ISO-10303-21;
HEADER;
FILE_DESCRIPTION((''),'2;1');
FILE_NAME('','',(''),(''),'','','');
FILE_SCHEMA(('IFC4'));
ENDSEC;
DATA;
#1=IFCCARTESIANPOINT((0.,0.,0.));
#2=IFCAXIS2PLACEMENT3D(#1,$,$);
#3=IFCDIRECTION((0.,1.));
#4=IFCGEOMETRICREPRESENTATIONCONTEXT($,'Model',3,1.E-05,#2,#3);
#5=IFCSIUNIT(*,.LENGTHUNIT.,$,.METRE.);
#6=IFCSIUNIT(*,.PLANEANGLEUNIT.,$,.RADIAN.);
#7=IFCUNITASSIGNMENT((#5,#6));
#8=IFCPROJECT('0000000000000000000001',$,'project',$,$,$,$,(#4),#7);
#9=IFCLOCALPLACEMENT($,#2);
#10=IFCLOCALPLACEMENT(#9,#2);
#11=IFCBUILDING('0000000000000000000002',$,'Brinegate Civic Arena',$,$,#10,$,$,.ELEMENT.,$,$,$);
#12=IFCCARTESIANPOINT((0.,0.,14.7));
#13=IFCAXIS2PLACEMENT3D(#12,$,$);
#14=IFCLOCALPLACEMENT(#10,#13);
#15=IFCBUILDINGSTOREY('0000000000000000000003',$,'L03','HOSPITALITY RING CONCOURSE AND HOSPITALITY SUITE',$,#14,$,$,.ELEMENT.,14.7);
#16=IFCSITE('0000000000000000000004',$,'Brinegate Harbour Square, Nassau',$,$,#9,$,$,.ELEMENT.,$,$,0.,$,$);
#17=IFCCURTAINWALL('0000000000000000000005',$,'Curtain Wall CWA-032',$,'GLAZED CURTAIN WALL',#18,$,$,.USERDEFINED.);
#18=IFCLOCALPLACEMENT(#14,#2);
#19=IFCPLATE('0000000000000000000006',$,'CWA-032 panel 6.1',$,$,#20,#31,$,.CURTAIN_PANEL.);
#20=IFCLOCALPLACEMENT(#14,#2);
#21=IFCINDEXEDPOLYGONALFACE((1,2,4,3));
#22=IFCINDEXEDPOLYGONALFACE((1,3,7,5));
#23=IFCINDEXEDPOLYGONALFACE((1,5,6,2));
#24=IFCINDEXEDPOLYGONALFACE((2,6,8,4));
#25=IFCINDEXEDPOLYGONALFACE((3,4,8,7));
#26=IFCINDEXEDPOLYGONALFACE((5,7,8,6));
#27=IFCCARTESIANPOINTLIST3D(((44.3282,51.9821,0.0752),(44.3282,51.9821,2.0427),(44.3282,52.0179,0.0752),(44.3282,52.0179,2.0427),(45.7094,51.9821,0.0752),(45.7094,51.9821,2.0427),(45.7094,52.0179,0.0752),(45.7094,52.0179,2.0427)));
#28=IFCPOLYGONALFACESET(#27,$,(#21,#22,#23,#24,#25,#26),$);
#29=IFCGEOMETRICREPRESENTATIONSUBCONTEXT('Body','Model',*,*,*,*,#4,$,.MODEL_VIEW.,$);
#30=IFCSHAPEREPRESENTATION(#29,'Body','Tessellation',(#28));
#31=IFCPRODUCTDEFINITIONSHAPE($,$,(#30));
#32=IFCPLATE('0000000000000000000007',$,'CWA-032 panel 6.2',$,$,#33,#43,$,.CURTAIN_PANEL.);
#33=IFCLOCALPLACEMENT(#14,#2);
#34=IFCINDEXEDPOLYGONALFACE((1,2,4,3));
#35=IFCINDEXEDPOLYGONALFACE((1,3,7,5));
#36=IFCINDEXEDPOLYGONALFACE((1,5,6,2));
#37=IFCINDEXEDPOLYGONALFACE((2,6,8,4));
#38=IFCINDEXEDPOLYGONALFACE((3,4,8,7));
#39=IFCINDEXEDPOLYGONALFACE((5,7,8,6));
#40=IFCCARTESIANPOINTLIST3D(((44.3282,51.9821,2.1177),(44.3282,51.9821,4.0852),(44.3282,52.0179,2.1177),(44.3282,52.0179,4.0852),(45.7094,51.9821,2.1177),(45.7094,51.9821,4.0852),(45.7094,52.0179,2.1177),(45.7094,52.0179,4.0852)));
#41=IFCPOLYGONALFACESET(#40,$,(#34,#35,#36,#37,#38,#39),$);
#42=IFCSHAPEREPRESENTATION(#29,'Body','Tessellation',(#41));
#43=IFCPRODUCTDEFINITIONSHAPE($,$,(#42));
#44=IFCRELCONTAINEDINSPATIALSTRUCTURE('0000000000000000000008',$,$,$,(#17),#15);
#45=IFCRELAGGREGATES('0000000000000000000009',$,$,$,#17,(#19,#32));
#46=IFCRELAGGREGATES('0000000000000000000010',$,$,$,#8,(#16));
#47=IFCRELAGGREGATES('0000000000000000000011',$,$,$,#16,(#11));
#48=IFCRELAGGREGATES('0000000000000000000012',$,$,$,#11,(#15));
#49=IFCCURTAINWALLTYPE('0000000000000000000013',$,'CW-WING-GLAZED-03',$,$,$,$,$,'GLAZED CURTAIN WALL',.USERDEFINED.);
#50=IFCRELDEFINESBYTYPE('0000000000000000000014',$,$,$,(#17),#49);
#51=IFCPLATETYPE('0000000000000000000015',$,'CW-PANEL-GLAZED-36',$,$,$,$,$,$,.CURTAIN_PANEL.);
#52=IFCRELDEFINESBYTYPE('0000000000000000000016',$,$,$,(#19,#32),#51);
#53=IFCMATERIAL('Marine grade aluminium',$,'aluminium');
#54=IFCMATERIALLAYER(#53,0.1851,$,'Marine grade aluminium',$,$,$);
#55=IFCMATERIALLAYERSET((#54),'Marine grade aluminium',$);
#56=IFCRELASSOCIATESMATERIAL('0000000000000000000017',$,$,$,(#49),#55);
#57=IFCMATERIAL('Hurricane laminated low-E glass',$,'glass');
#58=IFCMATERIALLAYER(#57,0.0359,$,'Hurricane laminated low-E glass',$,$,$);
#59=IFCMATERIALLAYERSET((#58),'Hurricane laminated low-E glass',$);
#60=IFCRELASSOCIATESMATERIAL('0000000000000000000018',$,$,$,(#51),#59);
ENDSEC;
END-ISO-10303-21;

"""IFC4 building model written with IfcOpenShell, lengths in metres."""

from ifc_helpers import new_model, si_unit, direction, frame, origin, origin_2d, place, context, subcontext, project, spatial, rectangle, extrude, material, layer, layer_set, type_object, element, aggregate, save


model = new_model("IFC4")

# Units and contexts
model_context = context("Model", 3, precision=1e-05, world=origin(), true_north=direction((0.0, 1.0)))
body_context = subcontext(model_context, "Body", "Model", "MODEL_VIEW")
ifc_project = project(units=[si_unit("LENGTHUNIT", "METRE"), si_unit("PLANEANGLEUNIT", "RADIAN")], contexts=[model_context])

# Site, building, storey
site_placement = place(None, origin())
site = spatial("IfcSite", under=ifc_project, at=site_placement, Name="Brinegate Harbour Square, Nassau", CompositionType="ELEMENT", RefElevation=0.0)
building_placement = place(site_placement, origin())
building = spatial("IfcBuilding", under=site, at=building_placement, Name="Brinegate Civic Arena", CompositionType="ELEMENT")
storey_placement = place(building_placement, frame((0.0, 0.0, 14.7)))
storey = spatial("IfcBuildingStorey", under=building, at=storey_placement, Name="L03", Description="HOSPITALITY RING CONCOURSE AND HOSPITALITY SUITE", CompositionType="ELEMENT", Elevation=14.7)

# Curtain wall, plates
ifc_material_1 = material(Name="Marine grade aluminium", Category="aluminium")
ifc_layer_1 = layer(ifc_material_1, 0.1851, Name="Marine grade aluminium")
ifc_layer_set_1 = layer_set([ifc_layer_1], Name="Marine grade aluminium")
curtain_wall_type = type_object("IfcCurtainWallType", Name="CW-WING-GLAZED-03", ElementType="GLAZED CURTAIN WALL", PredefinedType="USERDEFINED", material=ifc_layer_set_1)
curtain_wall_placement = place(storey_placement, origin())
curtain_wall = element("IfcCurtainWall", 1, at=curtain_wall_placement, inside=storey, type_object=curtain_wall_type, Name="Curtain Wall CWA-032", ObjectType="GLAZED CURTAIN WALL", PredefinedType="USERDEFINED")
ifc_material_2 = material(Name="Hurricane laminated low-E glass", Category="glass")
ifc_layer_2 = layer(ifc_material_2, 0.0359, Name="Hurricane laminated low-E glass")
ifc_layer_set_2 = layer_set([ifc_layer_2], Name="Hurricane laminated low-E glass")
plate_type = type_object("IfcPlateType", Name="CW-PANEL-GLAZED-36", PredefinedType="CURTAIN_PANEL", material=ifc_layer_set_2)
plate_1_placement = place(storey_placement, frame((45.0188, 52.0, 0.0752), z_axis=(0.0, 0.0, 1.0), x_axis=(1.0, 0.0, 0.0)))
plate_1 = element("IfcPlate", 2, at=plate_1_placement, type_object=plate_type, Name="CWA-032 panel 6.1", PredefinedType="CURTAIN_PANEL", context=body_context, shape_type="SweptSolid", body=[
    extrude(rectangle(XDim=1.3811, YDim=0.0359, at=origin_2d()), origin(), (0.0, 0.0, 1.0), 1.9675),
])
plate_2_placement = place(storey_placement, frame((45.0188, 52.0, 2.1177), z_axis=(0.0, 0.0, 1.0), x_axis=(1.0, 0.0, 0.0)))
plate_2 = element("IfcPlate", 3, at=plate_2_placement, type_object=plate_type, Name="CWA-032 panel 6.2", PredefinedType="CURTAIN_PANEL", context=body_context, shape_type="SweptSolid", body=[
    extrude(rectangle(XDim=1.3811, YDim=0.0359, at=origin_2d()), origin(), (0.0, 0.0, 1.0), 1.9675),
])
aggregate(curtain_wall, [plate_1, plate_2])

save(model, "model.ifc")
